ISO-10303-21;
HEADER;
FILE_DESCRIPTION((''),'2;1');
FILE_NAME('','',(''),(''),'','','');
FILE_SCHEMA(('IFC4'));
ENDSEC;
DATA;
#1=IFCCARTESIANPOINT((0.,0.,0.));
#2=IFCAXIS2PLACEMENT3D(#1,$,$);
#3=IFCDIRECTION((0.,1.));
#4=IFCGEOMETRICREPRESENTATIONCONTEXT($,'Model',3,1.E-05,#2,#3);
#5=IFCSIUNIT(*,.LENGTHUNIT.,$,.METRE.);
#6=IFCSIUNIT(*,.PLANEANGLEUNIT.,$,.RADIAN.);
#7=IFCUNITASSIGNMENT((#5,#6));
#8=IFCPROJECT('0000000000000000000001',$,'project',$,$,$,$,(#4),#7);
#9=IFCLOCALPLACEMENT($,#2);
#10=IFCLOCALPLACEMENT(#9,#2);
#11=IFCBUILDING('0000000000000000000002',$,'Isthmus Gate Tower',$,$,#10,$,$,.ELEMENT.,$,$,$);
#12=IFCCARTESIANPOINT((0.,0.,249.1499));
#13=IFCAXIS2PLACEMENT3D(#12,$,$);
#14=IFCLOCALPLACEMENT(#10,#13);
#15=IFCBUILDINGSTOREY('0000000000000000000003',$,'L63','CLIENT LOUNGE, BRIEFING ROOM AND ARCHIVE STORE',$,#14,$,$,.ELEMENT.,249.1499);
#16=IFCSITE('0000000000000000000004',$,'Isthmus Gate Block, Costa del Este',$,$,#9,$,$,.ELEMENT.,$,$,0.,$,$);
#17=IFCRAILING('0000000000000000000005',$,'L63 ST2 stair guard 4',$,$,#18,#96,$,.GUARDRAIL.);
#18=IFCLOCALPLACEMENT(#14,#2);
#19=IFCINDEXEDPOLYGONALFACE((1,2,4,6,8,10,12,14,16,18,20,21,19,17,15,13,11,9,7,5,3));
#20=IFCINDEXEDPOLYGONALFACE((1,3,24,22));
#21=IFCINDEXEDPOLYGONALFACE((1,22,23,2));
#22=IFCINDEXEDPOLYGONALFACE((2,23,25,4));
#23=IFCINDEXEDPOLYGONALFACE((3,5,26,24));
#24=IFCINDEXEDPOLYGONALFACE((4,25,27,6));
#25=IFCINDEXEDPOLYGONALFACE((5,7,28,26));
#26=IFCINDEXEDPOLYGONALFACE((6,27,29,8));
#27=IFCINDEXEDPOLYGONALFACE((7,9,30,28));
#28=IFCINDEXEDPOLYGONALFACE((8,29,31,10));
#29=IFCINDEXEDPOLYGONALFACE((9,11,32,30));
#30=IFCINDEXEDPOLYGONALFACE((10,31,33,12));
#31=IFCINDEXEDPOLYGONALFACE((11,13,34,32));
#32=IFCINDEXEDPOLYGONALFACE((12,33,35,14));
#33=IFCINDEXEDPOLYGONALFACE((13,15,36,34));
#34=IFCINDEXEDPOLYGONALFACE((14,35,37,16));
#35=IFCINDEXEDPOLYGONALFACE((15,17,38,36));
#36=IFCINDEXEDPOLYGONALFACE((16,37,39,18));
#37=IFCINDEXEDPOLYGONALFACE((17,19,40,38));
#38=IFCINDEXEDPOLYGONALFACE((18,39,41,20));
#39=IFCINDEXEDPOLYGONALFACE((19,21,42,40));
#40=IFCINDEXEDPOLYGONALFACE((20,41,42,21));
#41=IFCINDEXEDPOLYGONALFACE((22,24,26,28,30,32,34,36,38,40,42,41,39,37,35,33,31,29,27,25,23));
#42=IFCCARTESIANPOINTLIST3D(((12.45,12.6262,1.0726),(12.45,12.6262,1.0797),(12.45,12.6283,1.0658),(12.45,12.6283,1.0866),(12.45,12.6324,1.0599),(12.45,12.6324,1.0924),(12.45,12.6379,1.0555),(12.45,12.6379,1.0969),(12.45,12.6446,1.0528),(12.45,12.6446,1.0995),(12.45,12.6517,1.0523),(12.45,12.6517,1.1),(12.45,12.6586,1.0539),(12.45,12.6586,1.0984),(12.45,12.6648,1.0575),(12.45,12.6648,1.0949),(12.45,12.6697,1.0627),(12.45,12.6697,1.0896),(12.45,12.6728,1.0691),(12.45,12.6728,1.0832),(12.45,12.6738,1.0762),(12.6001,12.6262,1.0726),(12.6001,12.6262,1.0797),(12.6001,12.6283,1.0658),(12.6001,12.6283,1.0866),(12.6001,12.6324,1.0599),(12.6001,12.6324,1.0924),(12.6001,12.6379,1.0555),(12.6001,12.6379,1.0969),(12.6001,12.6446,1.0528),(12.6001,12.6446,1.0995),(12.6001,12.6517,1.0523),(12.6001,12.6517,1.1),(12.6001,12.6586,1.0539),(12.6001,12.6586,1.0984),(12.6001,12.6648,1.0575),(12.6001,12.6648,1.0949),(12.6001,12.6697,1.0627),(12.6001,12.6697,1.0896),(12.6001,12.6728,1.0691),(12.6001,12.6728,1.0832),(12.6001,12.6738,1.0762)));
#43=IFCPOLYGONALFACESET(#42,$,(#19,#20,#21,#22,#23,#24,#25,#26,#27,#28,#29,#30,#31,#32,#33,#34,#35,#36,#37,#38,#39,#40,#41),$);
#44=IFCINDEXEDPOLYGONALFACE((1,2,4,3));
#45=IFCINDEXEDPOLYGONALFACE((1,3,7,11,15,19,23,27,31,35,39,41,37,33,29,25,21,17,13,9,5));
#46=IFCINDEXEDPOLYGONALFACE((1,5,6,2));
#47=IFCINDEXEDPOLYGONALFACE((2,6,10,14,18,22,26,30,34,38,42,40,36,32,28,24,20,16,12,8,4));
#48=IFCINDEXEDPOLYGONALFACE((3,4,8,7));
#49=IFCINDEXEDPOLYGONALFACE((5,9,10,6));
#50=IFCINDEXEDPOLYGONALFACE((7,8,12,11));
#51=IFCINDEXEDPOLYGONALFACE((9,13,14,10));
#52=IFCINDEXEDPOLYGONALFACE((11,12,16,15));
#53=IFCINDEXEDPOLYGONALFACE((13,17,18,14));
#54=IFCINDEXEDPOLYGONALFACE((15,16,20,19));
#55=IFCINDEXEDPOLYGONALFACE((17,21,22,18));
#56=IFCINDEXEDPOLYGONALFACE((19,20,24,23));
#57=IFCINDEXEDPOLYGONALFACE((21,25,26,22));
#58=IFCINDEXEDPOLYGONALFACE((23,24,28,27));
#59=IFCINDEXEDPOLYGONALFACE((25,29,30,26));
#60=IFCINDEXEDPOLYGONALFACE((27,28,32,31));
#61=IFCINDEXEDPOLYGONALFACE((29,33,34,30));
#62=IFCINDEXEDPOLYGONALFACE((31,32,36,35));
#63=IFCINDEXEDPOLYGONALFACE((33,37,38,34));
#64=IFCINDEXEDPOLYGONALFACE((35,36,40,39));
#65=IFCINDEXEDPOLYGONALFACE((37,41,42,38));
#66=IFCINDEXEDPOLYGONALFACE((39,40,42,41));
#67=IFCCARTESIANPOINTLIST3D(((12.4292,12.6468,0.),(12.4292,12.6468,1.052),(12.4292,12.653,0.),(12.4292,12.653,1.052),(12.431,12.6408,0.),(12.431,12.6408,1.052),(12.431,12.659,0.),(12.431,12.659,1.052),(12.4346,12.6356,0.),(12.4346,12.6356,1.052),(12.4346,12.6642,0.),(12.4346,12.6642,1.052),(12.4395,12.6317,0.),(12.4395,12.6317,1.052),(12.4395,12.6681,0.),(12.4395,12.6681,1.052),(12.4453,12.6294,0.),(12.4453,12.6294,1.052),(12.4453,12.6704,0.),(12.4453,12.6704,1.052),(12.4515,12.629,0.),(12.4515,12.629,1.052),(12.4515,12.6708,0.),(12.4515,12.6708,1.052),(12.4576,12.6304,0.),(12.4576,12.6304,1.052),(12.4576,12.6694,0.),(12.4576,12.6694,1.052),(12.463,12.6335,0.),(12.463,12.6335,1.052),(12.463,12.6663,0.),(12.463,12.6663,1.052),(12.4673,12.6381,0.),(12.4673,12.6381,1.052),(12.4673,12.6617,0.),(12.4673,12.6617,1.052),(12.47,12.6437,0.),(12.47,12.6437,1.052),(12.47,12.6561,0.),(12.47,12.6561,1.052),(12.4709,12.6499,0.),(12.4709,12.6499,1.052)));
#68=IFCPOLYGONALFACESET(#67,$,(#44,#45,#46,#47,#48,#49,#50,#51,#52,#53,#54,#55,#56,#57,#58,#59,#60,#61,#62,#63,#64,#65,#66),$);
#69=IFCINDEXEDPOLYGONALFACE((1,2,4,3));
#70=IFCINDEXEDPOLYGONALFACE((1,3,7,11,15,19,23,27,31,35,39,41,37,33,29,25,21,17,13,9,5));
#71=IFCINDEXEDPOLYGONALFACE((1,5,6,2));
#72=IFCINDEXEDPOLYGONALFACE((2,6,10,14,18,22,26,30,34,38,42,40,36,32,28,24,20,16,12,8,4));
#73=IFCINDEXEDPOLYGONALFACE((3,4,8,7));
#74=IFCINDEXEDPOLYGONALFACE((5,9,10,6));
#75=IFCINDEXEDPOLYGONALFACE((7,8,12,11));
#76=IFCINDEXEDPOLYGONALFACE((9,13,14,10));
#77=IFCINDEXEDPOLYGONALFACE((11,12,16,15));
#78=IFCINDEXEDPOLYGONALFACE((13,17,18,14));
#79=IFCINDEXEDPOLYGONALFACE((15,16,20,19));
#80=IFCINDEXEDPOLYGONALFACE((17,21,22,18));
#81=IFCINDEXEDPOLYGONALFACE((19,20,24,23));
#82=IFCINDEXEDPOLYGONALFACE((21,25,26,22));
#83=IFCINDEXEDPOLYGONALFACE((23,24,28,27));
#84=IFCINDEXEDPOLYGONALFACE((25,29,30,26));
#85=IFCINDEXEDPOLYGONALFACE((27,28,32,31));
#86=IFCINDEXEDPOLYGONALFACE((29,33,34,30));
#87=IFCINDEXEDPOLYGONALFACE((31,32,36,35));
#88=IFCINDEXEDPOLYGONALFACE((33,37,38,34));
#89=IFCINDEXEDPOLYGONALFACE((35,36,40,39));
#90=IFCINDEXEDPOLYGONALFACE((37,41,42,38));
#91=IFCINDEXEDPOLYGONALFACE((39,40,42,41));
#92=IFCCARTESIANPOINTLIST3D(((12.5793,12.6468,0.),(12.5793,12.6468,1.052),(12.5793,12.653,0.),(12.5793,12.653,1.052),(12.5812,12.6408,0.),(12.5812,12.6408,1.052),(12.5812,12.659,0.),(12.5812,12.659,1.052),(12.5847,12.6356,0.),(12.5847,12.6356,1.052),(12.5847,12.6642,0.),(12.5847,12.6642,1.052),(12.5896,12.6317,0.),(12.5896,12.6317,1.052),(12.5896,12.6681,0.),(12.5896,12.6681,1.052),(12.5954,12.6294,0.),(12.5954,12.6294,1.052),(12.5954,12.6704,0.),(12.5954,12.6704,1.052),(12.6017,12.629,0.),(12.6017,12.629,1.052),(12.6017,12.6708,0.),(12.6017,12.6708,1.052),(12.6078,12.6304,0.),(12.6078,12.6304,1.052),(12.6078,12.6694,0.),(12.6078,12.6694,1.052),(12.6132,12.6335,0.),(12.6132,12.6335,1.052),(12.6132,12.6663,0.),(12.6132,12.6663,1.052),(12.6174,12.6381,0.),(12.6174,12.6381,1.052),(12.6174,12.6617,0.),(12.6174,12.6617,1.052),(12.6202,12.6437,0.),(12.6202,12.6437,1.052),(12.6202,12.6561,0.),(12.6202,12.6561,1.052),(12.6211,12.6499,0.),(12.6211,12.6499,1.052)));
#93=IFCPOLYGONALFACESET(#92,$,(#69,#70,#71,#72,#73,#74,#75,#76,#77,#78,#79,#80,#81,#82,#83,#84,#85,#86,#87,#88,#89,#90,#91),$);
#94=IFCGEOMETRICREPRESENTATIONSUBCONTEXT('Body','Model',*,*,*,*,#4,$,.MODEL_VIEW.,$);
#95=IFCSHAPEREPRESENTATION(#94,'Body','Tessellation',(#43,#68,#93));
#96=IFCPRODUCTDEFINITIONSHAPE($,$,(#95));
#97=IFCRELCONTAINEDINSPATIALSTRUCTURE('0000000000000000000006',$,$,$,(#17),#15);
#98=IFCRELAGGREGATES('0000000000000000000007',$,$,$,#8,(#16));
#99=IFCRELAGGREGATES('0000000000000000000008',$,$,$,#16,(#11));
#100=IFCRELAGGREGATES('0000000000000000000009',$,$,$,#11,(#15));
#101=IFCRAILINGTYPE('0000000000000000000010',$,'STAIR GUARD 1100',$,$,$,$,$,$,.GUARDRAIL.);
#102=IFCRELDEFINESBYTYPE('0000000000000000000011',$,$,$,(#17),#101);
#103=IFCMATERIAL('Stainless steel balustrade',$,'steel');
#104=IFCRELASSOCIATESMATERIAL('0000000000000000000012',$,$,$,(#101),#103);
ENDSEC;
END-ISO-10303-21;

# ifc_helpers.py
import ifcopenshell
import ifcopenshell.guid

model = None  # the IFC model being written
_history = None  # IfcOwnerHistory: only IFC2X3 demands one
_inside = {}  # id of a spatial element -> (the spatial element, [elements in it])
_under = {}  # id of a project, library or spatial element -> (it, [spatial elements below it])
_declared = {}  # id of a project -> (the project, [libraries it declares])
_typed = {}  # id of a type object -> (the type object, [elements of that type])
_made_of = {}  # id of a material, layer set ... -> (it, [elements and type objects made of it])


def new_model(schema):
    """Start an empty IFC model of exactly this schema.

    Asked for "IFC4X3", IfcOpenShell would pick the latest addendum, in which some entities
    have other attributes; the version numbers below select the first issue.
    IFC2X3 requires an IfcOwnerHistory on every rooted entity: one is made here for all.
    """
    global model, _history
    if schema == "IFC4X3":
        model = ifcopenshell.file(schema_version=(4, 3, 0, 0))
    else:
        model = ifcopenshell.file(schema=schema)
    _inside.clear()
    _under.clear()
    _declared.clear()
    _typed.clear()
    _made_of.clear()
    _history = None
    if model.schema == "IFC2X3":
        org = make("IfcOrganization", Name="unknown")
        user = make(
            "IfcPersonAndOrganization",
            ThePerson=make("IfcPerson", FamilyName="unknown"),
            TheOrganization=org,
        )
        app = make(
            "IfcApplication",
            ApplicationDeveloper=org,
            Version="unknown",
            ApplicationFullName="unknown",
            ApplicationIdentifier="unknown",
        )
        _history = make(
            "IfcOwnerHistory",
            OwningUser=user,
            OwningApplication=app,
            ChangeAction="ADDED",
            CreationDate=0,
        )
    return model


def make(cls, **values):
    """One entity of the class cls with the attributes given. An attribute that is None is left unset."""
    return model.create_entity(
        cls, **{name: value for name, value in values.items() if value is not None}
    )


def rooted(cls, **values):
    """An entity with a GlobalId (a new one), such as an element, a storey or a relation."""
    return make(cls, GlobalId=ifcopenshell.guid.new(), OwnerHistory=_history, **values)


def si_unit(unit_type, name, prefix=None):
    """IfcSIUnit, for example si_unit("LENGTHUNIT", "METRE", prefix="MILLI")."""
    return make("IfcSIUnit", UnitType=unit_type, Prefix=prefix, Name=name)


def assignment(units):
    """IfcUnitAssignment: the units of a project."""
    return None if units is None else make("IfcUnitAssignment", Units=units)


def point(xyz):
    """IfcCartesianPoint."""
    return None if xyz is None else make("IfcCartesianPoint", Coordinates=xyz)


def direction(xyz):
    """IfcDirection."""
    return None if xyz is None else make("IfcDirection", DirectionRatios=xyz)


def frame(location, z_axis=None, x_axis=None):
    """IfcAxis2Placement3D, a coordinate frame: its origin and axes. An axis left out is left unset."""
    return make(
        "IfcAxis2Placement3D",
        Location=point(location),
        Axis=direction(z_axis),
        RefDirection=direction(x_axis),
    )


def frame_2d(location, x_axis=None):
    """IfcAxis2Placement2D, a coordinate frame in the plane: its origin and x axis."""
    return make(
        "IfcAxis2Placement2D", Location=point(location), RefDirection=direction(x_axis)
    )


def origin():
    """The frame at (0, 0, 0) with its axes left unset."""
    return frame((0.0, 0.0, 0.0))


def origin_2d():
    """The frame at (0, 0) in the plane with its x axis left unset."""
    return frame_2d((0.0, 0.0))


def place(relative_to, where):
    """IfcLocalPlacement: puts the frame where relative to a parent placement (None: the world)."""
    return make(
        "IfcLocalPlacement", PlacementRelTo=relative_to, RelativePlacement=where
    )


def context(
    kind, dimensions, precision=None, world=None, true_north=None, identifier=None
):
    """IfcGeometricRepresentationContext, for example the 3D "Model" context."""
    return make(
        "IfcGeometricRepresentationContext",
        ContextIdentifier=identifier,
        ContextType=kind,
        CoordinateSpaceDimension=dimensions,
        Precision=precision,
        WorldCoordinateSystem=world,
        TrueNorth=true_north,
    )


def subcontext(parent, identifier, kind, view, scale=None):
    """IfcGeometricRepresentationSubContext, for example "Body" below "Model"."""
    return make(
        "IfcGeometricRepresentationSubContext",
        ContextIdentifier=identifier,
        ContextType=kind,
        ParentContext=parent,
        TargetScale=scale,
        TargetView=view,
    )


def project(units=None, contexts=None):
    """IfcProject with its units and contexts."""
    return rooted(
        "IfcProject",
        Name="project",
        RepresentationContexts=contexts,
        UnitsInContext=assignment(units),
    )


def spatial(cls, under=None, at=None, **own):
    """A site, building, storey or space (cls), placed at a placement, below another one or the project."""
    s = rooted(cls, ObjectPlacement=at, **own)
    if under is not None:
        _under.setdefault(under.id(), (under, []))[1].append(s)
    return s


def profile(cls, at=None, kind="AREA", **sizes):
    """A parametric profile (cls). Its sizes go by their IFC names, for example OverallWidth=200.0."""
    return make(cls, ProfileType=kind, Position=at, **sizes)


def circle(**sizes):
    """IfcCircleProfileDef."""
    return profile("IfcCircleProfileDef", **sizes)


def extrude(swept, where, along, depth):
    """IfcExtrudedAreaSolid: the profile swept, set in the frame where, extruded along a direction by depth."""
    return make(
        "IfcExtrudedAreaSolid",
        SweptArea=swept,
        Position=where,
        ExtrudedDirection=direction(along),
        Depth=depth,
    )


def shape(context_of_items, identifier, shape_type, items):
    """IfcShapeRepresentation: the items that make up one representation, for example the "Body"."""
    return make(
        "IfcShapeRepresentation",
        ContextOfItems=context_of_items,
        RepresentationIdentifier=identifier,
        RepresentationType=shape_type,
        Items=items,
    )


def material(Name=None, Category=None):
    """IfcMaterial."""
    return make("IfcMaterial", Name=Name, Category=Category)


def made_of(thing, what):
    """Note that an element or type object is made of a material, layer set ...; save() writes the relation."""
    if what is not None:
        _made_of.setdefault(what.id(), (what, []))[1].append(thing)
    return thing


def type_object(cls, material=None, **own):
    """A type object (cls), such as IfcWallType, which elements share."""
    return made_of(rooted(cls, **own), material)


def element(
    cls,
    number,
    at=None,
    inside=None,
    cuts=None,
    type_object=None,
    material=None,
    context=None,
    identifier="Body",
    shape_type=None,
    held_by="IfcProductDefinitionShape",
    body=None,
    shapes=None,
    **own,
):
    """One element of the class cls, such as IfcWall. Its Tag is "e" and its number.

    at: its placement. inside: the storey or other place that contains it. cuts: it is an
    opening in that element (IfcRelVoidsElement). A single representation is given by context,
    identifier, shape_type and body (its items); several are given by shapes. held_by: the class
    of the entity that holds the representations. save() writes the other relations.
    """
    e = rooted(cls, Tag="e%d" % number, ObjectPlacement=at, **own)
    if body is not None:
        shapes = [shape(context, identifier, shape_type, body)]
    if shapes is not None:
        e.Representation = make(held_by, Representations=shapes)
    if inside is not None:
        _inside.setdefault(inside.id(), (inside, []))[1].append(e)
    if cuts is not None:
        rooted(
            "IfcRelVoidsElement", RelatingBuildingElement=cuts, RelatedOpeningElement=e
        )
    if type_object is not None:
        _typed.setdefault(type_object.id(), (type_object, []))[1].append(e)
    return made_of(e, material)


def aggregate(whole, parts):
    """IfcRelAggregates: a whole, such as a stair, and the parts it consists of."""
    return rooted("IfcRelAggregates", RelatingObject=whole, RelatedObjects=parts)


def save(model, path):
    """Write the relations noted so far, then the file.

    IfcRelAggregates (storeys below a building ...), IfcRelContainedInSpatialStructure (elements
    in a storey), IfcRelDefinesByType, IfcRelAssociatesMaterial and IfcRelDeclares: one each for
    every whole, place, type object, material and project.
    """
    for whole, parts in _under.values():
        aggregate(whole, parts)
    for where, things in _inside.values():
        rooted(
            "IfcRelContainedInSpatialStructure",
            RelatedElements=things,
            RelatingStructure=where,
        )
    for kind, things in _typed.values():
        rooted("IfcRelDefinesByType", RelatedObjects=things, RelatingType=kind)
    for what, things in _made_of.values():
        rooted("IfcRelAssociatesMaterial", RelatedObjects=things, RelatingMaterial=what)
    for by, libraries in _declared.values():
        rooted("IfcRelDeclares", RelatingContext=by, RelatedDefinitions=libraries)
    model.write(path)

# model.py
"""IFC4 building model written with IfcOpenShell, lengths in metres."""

from ifc_helpers import new_model, si_unit, direction, frame, origin, origin_2d, place, context, subcontext, project, spatial, circle, extrude, material, type_object, element, save


model = new_model("IFC4")

# Units and contexts
model_context = context("Model", 3, precision=1e-05, world=origin(), true_north=direction((0.0, 1.0)))
body_context = subcontext(model_context, "Body", "Model", "MODEL_VIEW")
ifc_project = project(units=[si_unit("LENGTHUNIT", "METRE"), si_unit("PLANEANGLEUNIT", "RADIAN")], contexts=[model_context])

# Site, building, storey
site_placement = place(None, origin())
site = spatial("IfcSite", under=ifc_project, at=site_placement, Name="Isthmus Gate Block, Costa del Este", CompositionType="ELEMENT", RefElevation=0.0)
building_placement = place(site_placement, origin())
building = spatial("IfcBuilding", under=site, at=building_placement, Name="Isthmus Gate Tower", CompositionType="ELEMENT")
storey_placement = place(building_placement, frame((0.0, 0.0, 249.1499)))
storey = spatial("IfcBuildingStorey", under=building, at=storey_placement, Name="L63", Description="CLIENT LOUNGE, BRIEFING ROOM AND ARCHIVE STORE", CompositionType="ELEMENT", Elevation=249.1499)

# Railing
ifc_material_1 = material(Name="Stainless steel balustrade", Category="steel")
railing_type_1 = type_object("IfcRailingType", Name="STAIR GUARD 1100", PredefinedType="GUARDRAIL", material=ifc_material_1)
railing_1_placement = place(storey_placement, frame((12.45, 12.6499, 0.0)))
element("IfcRailing", 1, at=railing_1_placement, inside=storey, type_object=railing_type_1, Name="L63 ST2 stair guard 4", PredefinedType="GUARDRAIL", context=body_context, shape_type="SweptSolid", body=[
    extrude(circle(Radius=0.0239, at=origin_2d()), frame((0.0, 0.0, 1.0762), z_axis=(1.0, 0.0, 0.0), x_axis=(0.0, 1.0, 0.0)), (0.0, 0.0, 1.0), 0.1501),
    extrude(circle(Radius=0.021, at=origin_2d()), origin(), (0.0, 0.0, 1.0), 1.052),
    extrude(circle(Radius=0.021, at=origin_2d()), frame((0.1501, 0.0, 0.0)), (0.0, 0.0, 1.0), 1.052),
])

save(model, "model.ifc")
